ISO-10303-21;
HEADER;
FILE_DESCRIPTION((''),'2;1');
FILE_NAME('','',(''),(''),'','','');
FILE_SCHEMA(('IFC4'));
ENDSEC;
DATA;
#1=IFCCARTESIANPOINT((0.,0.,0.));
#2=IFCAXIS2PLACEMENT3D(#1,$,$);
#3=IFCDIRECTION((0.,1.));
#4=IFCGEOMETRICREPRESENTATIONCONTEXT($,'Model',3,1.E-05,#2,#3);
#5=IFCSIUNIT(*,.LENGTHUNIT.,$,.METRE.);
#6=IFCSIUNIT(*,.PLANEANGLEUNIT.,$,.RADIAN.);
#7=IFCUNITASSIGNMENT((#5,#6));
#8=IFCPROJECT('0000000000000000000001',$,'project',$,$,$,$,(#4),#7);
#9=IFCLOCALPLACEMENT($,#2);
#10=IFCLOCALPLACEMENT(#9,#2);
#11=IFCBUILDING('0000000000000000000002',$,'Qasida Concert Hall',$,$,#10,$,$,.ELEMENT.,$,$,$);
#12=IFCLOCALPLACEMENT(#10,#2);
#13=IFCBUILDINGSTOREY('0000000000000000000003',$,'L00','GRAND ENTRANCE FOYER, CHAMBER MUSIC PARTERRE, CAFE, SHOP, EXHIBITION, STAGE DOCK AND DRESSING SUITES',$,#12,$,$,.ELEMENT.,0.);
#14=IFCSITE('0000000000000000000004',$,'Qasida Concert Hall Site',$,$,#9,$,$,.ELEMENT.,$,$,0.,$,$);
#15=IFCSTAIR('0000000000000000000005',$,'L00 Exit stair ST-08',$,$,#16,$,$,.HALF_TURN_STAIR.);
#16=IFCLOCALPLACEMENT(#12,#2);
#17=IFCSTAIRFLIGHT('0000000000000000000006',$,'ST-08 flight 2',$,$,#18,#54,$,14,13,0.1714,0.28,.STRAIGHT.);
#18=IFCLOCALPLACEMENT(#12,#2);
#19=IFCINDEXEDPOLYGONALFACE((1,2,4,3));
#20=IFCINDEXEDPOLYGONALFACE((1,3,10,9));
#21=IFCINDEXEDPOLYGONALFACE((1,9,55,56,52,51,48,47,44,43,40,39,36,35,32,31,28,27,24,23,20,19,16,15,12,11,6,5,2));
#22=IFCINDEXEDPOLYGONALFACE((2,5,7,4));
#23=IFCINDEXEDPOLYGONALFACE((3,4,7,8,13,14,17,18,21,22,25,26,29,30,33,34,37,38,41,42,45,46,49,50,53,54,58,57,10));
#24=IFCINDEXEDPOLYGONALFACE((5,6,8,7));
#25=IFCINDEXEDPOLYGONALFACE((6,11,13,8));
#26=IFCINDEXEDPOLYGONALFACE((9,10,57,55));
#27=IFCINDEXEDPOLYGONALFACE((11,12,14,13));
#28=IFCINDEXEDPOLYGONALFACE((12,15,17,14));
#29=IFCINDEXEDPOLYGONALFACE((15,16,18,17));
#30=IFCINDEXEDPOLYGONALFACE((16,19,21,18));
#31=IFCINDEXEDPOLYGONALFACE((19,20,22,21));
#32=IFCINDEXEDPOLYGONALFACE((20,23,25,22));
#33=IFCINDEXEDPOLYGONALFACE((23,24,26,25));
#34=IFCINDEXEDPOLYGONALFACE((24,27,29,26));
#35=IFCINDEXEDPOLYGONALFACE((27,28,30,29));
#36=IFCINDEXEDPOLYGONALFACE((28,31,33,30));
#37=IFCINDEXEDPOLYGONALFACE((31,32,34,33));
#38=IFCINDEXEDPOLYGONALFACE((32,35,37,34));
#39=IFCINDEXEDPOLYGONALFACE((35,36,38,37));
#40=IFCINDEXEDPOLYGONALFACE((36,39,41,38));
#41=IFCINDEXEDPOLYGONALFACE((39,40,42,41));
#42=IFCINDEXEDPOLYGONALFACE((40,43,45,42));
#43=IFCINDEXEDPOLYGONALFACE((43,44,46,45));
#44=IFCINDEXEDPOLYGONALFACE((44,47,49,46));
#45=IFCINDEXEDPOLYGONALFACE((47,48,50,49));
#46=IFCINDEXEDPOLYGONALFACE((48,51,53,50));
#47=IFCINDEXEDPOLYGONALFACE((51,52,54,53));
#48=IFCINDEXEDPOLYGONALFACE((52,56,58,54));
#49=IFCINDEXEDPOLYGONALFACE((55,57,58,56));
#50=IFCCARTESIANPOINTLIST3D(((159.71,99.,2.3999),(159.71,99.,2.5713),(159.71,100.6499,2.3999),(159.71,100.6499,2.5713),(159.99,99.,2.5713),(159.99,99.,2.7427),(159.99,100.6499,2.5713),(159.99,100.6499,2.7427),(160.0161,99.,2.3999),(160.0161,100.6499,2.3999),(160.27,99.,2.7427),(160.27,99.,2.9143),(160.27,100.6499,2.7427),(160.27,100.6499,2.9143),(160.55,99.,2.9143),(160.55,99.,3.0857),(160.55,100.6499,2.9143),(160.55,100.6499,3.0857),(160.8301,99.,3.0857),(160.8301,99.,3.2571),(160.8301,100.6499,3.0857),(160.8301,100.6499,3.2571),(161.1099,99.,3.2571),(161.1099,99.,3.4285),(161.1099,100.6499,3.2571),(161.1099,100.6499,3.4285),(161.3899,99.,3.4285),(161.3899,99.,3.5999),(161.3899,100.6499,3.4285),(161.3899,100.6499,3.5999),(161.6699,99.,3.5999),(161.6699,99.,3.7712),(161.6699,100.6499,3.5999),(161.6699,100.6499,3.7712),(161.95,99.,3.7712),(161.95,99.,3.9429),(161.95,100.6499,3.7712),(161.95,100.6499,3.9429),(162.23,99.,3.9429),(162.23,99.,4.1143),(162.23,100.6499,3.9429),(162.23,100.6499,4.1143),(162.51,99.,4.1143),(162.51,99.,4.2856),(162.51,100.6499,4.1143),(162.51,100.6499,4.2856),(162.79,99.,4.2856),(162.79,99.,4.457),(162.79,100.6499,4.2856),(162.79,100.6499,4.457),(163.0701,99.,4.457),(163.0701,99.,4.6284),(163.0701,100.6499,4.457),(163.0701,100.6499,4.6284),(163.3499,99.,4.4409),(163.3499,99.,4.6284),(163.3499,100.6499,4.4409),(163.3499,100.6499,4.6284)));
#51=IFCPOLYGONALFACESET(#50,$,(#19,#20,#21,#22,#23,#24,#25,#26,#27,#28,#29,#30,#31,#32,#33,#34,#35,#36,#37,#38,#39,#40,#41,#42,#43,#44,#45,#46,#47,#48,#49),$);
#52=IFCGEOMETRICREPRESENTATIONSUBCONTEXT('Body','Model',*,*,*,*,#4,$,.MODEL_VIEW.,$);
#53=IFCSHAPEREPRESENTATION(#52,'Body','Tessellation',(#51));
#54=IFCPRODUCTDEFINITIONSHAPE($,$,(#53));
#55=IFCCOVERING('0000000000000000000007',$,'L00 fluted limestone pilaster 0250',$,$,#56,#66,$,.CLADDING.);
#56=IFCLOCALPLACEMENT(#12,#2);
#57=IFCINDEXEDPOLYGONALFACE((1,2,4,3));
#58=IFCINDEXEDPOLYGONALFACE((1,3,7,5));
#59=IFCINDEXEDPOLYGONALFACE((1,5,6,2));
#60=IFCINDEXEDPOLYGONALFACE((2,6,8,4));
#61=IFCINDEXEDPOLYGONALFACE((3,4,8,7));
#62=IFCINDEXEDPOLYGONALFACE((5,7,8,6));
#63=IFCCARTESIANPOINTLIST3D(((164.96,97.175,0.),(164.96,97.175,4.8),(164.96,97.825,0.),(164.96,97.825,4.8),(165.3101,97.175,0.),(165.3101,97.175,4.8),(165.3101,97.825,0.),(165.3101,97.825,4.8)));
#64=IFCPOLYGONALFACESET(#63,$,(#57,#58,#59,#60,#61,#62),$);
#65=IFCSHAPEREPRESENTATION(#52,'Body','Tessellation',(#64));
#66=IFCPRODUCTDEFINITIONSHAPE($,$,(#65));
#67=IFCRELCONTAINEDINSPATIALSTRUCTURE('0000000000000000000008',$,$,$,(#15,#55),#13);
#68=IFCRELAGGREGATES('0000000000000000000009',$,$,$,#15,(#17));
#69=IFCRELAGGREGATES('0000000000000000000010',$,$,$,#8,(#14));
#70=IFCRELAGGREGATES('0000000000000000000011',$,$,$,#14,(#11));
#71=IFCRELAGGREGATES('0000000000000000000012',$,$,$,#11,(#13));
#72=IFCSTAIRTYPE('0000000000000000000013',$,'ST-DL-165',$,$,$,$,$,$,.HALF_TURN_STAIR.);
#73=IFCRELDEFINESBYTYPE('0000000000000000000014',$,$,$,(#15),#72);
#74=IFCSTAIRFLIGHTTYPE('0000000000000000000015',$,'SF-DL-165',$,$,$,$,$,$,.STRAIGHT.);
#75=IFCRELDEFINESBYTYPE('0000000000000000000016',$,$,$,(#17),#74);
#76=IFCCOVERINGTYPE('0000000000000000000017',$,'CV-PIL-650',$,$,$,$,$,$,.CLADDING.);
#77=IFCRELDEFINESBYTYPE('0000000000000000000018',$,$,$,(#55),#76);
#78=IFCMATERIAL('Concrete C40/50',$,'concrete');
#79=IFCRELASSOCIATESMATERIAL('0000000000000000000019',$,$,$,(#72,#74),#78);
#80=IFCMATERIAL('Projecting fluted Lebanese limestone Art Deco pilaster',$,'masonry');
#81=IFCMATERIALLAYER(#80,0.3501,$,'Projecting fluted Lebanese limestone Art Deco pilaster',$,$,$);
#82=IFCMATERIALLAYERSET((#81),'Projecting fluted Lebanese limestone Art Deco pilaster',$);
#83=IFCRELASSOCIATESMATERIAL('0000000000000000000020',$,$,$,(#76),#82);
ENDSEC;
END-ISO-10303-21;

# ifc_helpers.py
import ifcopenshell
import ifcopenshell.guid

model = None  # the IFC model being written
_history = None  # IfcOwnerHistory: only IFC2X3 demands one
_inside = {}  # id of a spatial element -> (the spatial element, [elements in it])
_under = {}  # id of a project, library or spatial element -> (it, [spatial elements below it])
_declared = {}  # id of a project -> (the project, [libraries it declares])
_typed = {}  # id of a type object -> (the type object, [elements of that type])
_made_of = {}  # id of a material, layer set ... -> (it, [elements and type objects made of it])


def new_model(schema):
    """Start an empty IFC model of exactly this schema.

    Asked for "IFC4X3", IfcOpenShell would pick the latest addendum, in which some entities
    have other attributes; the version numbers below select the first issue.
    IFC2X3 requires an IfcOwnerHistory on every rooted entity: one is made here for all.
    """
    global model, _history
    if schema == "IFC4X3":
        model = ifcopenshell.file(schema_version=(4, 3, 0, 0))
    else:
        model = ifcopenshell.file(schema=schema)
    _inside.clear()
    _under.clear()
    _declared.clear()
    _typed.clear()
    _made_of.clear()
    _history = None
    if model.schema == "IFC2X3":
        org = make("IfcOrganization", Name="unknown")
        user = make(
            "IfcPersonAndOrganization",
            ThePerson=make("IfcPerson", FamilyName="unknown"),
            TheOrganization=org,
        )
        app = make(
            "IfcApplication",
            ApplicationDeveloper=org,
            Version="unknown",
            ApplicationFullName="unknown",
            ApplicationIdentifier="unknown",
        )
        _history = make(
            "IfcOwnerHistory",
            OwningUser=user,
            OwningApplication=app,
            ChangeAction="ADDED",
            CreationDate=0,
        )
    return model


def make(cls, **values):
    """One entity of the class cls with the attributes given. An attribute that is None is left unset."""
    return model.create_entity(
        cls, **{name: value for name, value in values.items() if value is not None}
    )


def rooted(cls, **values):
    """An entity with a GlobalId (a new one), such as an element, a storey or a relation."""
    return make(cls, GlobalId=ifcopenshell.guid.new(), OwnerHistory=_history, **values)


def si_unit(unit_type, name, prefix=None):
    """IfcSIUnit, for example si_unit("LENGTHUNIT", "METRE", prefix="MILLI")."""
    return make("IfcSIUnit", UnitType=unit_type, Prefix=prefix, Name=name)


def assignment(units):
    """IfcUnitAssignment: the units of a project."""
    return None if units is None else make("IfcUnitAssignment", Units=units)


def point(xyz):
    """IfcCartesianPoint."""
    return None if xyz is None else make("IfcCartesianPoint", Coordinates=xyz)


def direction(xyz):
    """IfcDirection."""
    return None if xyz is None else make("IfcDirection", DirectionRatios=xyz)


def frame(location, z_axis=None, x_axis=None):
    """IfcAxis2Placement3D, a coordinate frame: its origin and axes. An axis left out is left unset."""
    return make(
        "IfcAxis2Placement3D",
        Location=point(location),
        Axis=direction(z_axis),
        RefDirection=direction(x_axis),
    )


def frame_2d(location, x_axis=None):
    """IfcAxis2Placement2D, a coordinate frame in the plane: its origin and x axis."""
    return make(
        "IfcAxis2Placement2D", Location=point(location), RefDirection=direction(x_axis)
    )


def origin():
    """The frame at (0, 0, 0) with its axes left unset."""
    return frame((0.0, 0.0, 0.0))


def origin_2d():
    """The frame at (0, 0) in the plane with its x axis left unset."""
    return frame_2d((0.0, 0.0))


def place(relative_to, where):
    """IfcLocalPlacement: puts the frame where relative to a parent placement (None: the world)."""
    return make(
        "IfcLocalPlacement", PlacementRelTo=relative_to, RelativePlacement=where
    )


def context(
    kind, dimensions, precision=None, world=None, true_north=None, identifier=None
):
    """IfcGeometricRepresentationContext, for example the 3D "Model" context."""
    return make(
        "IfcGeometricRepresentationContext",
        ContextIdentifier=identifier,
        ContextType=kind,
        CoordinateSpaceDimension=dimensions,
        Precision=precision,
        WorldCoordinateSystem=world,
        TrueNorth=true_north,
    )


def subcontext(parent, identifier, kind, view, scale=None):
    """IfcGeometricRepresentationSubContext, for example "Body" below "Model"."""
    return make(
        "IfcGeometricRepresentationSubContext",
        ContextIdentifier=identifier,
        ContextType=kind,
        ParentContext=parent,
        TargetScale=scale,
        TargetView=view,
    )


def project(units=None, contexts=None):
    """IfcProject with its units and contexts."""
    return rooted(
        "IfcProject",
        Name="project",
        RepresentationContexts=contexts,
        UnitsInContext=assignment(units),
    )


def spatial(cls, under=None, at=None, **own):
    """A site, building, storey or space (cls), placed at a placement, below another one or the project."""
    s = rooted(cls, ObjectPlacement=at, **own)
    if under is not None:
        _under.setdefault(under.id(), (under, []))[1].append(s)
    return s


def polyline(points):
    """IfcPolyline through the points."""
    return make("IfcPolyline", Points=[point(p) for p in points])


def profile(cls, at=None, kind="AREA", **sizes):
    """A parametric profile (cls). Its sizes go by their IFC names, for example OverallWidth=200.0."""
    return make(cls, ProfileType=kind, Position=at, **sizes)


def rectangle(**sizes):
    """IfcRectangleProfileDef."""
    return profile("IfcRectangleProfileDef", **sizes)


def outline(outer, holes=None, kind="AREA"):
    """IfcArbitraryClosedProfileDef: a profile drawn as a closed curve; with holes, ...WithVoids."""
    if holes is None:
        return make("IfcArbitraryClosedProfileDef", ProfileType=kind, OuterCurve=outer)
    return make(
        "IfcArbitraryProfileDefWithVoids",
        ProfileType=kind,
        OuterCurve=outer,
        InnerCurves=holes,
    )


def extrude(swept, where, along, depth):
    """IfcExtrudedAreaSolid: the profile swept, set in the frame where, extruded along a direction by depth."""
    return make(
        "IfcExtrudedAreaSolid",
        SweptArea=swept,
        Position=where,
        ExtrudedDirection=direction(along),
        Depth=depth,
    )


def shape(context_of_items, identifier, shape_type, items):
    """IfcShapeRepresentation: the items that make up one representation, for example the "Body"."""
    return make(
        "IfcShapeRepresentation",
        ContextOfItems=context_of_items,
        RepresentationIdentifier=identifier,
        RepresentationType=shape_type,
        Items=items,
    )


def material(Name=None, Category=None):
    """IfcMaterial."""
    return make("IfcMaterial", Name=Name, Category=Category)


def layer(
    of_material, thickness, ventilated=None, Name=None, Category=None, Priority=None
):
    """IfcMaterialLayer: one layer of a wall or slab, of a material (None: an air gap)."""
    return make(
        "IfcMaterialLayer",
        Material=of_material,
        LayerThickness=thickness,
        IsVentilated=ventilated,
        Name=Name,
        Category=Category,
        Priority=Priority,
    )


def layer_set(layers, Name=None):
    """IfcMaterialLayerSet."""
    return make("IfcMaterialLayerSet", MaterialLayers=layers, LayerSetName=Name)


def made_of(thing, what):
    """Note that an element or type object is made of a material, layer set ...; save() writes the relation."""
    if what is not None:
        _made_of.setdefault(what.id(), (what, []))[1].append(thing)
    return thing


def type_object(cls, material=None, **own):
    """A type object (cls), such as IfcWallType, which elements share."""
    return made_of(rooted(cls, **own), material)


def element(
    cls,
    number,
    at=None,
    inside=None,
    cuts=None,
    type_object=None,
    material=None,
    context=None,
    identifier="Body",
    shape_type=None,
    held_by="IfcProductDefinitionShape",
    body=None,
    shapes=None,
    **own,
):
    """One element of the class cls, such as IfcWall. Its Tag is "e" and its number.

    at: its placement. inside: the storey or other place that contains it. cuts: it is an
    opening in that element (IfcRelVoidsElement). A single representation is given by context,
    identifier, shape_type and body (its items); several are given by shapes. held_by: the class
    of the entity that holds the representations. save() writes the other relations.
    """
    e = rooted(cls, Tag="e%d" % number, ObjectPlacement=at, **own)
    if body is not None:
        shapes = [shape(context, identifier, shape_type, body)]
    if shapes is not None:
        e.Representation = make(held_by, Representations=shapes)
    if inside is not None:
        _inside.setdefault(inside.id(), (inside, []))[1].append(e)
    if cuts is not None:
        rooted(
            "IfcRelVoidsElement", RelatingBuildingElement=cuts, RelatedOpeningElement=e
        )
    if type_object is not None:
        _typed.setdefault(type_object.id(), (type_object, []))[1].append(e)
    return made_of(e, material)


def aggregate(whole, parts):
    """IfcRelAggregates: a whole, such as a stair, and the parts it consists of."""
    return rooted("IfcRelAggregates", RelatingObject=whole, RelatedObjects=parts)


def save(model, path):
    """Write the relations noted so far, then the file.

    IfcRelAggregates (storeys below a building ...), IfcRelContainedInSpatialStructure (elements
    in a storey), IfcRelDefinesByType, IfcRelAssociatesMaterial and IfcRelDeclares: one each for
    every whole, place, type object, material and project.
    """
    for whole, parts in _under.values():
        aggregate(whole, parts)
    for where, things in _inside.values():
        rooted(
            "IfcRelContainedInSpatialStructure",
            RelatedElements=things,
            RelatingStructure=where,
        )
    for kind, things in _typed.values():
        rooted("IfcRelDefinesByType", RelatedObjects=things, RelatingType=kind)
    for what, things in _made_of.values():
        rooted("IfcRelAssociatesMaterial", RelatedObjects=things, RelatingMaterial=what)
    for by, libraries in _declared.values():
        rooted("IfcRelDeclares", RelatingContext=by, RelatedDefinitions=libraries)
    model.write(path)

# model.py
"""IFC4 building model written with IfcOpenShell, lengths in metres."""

from ifc_helpers import new_model, si_unit, direction, frame, origin, origin_2d, place, context, subcontext, project, spatial, polyline, rectangle, outline, extrude, material, layer, layer_set, type_object, element, aggregate, save


model = new_model("IFC4")

# Units and contexts
model_context = context("Model", 3, precision=1e-05, world=origin(), true_north=direction((0.0, 1.0)))
body_context = subcontext(model_context, "Body", "Model", "MODEL_VIEW")
ifc_project = project(units=[si_unit("LENGTHUNIT", "METRE"), si_unit("PLANEANGLEUNIT", "RADIAN")], contexts=[model_context])

# Site, building, storey
site_placement = place(None, origin())
site = spatial("IfcSite", under=ifc_project, at=site_placement, Name="Qasida Concert Hall Site", CompositionType="ELEMENT", RefElevation=0.0)
building_placement = place(site_placement, origin())
building = spatial("IfcBuilding", under=site, at=building_placement, Name="Qasida Concert Hall", CompositionType="ELEMENT")
storey_placement = place(building_placement, origin())
storey = spatial("IfcBuildingStorey", under=building, at=storey_placement, Name="L00", Description="GRAND ENTRANCE FOYER, CHAMBER MUSIC PARTERRE, CAFE, SHOP, EXHIBITION, STAGE DOCK AND DRESSING SUITES", CompositionType="ELEMENT", Elevation=0.0)

# Shared definitions
ifc_material_1 = material(Name="Concrete C40/50", Category="concrete")

# Stair, stair flight
stair_type = type_object("IfcStairType", Name="ST-DL-165", PredefinedType="HALF_TURN_STAIR", material=ifc_material_1)
stair_placement = place(storey_placement, origin())
stair = element("IfcStair", 1, at=stair_placement, inside=storey, type_object=stair_type, Name="L00 Exit stair ST-08", PredefinedType="HALF_TURN_STAIR")
stair_flight_type = type_object("IfcStairFlightType", Name="SF-DL-165", PredefinedType="STRAIGHT", material=ifc_material_1)
stair_flight_1_placement = place(storey_placement, frame((159.71, 99.825, 2.3999), z_axis=(0.0, 0.0, 1.0), x_axis=(1.0, 0.0, 0.0)))
stair_flight_1 = element("IfcStairFlight", 2, at=stair_flight_1_placement, type_object=stair_flight_type, Name="ST-08 flight 2", NumberOfRisers=14, NumberOfTreads=13, PredefinedType="STRAIGHT", RiserHeight=0.1714, TreadLength=0.28, context=body_context, shape_type="SweptSolid", body=[
    extrude(outline(polyline([(0.0, 0.0), (0.0, 0.1714), (0.28, 0.1714), (0.28, 0.3428), (0.5601, 0.3428), (0.5601, 0.5144), (0.8401, 0.5144), (0.8401, 0.6858), (1.1201, 0.6858), (1.1201, 0.8572), (1.3999, 0.8572), (1.3999, 1.0286), (1.6799, 1.0286), (1.6799, 1.2), (1.96, 1.2), (1.96, 1.3713), (2.24, 1.3713), (2.24, 1.543), (2.52, 1.543), (2.52, 1.7144), (2.8, 1.7144), (2.8, 1.8857), (3.0801, 1.8857), (3.0801, 2.0571), (3.3601, 2.0571), (3.3601, 2.2285), (3.6399, 2.2285), (3.6399, 2.3999), (3.6399, 2.041), (0.3062, 0.0), (0.0, 0.0)])), frame((0.0, 0.825, 0.0), z_axis=(0.0, -1.0, 0.0), x_axis=(1.0, 0.0, 0.0)), (0.0, 0.0, 1.0), 1.6499),
])
aggregate(stair, [stair_flight_1])

# Covering
ifc_material_2 = material(Name="Projecting fluted Lebanese limestone Art Deco pilaster", Category="masonry")
ifc_layer_1 = layer(ifc_material_2, 0.3501, Name="Projecting fluted Lebanese limestone Art Deco pilaster")
ifc_layer_set_1 = layer_set([ifc_layer_1], Name="Projecting fluted Lebanese limestone Art Deco pilaster")
covering_type = type_object("IfcCoveringType", Name="CV-PIL-650", PredefinedType="CLADDING", material=ifc_layer_set_1)
covering_placement = place(storey_placement, frame((165.135, 97.5, 0.0), z_axis=(0.0, 0.0, 1.0), x_axis=(1.0, 0.0, 0.0)))
element("IfcCovering", 3, at=covering_placement, inside=storey, type_object=covering_type, Name="L00 fluted limestone pilaster 0250", PredefinedType="CLADDING", context=body_context, shape_type="SweptSolid", body=[
    extrude(rectangle(XDim=0.3501, YDim=0.6499, at=origin_2d()), origin(), (0.0, 0.0, 1.0), 4.8),
])

save(model, "model.ifc")
